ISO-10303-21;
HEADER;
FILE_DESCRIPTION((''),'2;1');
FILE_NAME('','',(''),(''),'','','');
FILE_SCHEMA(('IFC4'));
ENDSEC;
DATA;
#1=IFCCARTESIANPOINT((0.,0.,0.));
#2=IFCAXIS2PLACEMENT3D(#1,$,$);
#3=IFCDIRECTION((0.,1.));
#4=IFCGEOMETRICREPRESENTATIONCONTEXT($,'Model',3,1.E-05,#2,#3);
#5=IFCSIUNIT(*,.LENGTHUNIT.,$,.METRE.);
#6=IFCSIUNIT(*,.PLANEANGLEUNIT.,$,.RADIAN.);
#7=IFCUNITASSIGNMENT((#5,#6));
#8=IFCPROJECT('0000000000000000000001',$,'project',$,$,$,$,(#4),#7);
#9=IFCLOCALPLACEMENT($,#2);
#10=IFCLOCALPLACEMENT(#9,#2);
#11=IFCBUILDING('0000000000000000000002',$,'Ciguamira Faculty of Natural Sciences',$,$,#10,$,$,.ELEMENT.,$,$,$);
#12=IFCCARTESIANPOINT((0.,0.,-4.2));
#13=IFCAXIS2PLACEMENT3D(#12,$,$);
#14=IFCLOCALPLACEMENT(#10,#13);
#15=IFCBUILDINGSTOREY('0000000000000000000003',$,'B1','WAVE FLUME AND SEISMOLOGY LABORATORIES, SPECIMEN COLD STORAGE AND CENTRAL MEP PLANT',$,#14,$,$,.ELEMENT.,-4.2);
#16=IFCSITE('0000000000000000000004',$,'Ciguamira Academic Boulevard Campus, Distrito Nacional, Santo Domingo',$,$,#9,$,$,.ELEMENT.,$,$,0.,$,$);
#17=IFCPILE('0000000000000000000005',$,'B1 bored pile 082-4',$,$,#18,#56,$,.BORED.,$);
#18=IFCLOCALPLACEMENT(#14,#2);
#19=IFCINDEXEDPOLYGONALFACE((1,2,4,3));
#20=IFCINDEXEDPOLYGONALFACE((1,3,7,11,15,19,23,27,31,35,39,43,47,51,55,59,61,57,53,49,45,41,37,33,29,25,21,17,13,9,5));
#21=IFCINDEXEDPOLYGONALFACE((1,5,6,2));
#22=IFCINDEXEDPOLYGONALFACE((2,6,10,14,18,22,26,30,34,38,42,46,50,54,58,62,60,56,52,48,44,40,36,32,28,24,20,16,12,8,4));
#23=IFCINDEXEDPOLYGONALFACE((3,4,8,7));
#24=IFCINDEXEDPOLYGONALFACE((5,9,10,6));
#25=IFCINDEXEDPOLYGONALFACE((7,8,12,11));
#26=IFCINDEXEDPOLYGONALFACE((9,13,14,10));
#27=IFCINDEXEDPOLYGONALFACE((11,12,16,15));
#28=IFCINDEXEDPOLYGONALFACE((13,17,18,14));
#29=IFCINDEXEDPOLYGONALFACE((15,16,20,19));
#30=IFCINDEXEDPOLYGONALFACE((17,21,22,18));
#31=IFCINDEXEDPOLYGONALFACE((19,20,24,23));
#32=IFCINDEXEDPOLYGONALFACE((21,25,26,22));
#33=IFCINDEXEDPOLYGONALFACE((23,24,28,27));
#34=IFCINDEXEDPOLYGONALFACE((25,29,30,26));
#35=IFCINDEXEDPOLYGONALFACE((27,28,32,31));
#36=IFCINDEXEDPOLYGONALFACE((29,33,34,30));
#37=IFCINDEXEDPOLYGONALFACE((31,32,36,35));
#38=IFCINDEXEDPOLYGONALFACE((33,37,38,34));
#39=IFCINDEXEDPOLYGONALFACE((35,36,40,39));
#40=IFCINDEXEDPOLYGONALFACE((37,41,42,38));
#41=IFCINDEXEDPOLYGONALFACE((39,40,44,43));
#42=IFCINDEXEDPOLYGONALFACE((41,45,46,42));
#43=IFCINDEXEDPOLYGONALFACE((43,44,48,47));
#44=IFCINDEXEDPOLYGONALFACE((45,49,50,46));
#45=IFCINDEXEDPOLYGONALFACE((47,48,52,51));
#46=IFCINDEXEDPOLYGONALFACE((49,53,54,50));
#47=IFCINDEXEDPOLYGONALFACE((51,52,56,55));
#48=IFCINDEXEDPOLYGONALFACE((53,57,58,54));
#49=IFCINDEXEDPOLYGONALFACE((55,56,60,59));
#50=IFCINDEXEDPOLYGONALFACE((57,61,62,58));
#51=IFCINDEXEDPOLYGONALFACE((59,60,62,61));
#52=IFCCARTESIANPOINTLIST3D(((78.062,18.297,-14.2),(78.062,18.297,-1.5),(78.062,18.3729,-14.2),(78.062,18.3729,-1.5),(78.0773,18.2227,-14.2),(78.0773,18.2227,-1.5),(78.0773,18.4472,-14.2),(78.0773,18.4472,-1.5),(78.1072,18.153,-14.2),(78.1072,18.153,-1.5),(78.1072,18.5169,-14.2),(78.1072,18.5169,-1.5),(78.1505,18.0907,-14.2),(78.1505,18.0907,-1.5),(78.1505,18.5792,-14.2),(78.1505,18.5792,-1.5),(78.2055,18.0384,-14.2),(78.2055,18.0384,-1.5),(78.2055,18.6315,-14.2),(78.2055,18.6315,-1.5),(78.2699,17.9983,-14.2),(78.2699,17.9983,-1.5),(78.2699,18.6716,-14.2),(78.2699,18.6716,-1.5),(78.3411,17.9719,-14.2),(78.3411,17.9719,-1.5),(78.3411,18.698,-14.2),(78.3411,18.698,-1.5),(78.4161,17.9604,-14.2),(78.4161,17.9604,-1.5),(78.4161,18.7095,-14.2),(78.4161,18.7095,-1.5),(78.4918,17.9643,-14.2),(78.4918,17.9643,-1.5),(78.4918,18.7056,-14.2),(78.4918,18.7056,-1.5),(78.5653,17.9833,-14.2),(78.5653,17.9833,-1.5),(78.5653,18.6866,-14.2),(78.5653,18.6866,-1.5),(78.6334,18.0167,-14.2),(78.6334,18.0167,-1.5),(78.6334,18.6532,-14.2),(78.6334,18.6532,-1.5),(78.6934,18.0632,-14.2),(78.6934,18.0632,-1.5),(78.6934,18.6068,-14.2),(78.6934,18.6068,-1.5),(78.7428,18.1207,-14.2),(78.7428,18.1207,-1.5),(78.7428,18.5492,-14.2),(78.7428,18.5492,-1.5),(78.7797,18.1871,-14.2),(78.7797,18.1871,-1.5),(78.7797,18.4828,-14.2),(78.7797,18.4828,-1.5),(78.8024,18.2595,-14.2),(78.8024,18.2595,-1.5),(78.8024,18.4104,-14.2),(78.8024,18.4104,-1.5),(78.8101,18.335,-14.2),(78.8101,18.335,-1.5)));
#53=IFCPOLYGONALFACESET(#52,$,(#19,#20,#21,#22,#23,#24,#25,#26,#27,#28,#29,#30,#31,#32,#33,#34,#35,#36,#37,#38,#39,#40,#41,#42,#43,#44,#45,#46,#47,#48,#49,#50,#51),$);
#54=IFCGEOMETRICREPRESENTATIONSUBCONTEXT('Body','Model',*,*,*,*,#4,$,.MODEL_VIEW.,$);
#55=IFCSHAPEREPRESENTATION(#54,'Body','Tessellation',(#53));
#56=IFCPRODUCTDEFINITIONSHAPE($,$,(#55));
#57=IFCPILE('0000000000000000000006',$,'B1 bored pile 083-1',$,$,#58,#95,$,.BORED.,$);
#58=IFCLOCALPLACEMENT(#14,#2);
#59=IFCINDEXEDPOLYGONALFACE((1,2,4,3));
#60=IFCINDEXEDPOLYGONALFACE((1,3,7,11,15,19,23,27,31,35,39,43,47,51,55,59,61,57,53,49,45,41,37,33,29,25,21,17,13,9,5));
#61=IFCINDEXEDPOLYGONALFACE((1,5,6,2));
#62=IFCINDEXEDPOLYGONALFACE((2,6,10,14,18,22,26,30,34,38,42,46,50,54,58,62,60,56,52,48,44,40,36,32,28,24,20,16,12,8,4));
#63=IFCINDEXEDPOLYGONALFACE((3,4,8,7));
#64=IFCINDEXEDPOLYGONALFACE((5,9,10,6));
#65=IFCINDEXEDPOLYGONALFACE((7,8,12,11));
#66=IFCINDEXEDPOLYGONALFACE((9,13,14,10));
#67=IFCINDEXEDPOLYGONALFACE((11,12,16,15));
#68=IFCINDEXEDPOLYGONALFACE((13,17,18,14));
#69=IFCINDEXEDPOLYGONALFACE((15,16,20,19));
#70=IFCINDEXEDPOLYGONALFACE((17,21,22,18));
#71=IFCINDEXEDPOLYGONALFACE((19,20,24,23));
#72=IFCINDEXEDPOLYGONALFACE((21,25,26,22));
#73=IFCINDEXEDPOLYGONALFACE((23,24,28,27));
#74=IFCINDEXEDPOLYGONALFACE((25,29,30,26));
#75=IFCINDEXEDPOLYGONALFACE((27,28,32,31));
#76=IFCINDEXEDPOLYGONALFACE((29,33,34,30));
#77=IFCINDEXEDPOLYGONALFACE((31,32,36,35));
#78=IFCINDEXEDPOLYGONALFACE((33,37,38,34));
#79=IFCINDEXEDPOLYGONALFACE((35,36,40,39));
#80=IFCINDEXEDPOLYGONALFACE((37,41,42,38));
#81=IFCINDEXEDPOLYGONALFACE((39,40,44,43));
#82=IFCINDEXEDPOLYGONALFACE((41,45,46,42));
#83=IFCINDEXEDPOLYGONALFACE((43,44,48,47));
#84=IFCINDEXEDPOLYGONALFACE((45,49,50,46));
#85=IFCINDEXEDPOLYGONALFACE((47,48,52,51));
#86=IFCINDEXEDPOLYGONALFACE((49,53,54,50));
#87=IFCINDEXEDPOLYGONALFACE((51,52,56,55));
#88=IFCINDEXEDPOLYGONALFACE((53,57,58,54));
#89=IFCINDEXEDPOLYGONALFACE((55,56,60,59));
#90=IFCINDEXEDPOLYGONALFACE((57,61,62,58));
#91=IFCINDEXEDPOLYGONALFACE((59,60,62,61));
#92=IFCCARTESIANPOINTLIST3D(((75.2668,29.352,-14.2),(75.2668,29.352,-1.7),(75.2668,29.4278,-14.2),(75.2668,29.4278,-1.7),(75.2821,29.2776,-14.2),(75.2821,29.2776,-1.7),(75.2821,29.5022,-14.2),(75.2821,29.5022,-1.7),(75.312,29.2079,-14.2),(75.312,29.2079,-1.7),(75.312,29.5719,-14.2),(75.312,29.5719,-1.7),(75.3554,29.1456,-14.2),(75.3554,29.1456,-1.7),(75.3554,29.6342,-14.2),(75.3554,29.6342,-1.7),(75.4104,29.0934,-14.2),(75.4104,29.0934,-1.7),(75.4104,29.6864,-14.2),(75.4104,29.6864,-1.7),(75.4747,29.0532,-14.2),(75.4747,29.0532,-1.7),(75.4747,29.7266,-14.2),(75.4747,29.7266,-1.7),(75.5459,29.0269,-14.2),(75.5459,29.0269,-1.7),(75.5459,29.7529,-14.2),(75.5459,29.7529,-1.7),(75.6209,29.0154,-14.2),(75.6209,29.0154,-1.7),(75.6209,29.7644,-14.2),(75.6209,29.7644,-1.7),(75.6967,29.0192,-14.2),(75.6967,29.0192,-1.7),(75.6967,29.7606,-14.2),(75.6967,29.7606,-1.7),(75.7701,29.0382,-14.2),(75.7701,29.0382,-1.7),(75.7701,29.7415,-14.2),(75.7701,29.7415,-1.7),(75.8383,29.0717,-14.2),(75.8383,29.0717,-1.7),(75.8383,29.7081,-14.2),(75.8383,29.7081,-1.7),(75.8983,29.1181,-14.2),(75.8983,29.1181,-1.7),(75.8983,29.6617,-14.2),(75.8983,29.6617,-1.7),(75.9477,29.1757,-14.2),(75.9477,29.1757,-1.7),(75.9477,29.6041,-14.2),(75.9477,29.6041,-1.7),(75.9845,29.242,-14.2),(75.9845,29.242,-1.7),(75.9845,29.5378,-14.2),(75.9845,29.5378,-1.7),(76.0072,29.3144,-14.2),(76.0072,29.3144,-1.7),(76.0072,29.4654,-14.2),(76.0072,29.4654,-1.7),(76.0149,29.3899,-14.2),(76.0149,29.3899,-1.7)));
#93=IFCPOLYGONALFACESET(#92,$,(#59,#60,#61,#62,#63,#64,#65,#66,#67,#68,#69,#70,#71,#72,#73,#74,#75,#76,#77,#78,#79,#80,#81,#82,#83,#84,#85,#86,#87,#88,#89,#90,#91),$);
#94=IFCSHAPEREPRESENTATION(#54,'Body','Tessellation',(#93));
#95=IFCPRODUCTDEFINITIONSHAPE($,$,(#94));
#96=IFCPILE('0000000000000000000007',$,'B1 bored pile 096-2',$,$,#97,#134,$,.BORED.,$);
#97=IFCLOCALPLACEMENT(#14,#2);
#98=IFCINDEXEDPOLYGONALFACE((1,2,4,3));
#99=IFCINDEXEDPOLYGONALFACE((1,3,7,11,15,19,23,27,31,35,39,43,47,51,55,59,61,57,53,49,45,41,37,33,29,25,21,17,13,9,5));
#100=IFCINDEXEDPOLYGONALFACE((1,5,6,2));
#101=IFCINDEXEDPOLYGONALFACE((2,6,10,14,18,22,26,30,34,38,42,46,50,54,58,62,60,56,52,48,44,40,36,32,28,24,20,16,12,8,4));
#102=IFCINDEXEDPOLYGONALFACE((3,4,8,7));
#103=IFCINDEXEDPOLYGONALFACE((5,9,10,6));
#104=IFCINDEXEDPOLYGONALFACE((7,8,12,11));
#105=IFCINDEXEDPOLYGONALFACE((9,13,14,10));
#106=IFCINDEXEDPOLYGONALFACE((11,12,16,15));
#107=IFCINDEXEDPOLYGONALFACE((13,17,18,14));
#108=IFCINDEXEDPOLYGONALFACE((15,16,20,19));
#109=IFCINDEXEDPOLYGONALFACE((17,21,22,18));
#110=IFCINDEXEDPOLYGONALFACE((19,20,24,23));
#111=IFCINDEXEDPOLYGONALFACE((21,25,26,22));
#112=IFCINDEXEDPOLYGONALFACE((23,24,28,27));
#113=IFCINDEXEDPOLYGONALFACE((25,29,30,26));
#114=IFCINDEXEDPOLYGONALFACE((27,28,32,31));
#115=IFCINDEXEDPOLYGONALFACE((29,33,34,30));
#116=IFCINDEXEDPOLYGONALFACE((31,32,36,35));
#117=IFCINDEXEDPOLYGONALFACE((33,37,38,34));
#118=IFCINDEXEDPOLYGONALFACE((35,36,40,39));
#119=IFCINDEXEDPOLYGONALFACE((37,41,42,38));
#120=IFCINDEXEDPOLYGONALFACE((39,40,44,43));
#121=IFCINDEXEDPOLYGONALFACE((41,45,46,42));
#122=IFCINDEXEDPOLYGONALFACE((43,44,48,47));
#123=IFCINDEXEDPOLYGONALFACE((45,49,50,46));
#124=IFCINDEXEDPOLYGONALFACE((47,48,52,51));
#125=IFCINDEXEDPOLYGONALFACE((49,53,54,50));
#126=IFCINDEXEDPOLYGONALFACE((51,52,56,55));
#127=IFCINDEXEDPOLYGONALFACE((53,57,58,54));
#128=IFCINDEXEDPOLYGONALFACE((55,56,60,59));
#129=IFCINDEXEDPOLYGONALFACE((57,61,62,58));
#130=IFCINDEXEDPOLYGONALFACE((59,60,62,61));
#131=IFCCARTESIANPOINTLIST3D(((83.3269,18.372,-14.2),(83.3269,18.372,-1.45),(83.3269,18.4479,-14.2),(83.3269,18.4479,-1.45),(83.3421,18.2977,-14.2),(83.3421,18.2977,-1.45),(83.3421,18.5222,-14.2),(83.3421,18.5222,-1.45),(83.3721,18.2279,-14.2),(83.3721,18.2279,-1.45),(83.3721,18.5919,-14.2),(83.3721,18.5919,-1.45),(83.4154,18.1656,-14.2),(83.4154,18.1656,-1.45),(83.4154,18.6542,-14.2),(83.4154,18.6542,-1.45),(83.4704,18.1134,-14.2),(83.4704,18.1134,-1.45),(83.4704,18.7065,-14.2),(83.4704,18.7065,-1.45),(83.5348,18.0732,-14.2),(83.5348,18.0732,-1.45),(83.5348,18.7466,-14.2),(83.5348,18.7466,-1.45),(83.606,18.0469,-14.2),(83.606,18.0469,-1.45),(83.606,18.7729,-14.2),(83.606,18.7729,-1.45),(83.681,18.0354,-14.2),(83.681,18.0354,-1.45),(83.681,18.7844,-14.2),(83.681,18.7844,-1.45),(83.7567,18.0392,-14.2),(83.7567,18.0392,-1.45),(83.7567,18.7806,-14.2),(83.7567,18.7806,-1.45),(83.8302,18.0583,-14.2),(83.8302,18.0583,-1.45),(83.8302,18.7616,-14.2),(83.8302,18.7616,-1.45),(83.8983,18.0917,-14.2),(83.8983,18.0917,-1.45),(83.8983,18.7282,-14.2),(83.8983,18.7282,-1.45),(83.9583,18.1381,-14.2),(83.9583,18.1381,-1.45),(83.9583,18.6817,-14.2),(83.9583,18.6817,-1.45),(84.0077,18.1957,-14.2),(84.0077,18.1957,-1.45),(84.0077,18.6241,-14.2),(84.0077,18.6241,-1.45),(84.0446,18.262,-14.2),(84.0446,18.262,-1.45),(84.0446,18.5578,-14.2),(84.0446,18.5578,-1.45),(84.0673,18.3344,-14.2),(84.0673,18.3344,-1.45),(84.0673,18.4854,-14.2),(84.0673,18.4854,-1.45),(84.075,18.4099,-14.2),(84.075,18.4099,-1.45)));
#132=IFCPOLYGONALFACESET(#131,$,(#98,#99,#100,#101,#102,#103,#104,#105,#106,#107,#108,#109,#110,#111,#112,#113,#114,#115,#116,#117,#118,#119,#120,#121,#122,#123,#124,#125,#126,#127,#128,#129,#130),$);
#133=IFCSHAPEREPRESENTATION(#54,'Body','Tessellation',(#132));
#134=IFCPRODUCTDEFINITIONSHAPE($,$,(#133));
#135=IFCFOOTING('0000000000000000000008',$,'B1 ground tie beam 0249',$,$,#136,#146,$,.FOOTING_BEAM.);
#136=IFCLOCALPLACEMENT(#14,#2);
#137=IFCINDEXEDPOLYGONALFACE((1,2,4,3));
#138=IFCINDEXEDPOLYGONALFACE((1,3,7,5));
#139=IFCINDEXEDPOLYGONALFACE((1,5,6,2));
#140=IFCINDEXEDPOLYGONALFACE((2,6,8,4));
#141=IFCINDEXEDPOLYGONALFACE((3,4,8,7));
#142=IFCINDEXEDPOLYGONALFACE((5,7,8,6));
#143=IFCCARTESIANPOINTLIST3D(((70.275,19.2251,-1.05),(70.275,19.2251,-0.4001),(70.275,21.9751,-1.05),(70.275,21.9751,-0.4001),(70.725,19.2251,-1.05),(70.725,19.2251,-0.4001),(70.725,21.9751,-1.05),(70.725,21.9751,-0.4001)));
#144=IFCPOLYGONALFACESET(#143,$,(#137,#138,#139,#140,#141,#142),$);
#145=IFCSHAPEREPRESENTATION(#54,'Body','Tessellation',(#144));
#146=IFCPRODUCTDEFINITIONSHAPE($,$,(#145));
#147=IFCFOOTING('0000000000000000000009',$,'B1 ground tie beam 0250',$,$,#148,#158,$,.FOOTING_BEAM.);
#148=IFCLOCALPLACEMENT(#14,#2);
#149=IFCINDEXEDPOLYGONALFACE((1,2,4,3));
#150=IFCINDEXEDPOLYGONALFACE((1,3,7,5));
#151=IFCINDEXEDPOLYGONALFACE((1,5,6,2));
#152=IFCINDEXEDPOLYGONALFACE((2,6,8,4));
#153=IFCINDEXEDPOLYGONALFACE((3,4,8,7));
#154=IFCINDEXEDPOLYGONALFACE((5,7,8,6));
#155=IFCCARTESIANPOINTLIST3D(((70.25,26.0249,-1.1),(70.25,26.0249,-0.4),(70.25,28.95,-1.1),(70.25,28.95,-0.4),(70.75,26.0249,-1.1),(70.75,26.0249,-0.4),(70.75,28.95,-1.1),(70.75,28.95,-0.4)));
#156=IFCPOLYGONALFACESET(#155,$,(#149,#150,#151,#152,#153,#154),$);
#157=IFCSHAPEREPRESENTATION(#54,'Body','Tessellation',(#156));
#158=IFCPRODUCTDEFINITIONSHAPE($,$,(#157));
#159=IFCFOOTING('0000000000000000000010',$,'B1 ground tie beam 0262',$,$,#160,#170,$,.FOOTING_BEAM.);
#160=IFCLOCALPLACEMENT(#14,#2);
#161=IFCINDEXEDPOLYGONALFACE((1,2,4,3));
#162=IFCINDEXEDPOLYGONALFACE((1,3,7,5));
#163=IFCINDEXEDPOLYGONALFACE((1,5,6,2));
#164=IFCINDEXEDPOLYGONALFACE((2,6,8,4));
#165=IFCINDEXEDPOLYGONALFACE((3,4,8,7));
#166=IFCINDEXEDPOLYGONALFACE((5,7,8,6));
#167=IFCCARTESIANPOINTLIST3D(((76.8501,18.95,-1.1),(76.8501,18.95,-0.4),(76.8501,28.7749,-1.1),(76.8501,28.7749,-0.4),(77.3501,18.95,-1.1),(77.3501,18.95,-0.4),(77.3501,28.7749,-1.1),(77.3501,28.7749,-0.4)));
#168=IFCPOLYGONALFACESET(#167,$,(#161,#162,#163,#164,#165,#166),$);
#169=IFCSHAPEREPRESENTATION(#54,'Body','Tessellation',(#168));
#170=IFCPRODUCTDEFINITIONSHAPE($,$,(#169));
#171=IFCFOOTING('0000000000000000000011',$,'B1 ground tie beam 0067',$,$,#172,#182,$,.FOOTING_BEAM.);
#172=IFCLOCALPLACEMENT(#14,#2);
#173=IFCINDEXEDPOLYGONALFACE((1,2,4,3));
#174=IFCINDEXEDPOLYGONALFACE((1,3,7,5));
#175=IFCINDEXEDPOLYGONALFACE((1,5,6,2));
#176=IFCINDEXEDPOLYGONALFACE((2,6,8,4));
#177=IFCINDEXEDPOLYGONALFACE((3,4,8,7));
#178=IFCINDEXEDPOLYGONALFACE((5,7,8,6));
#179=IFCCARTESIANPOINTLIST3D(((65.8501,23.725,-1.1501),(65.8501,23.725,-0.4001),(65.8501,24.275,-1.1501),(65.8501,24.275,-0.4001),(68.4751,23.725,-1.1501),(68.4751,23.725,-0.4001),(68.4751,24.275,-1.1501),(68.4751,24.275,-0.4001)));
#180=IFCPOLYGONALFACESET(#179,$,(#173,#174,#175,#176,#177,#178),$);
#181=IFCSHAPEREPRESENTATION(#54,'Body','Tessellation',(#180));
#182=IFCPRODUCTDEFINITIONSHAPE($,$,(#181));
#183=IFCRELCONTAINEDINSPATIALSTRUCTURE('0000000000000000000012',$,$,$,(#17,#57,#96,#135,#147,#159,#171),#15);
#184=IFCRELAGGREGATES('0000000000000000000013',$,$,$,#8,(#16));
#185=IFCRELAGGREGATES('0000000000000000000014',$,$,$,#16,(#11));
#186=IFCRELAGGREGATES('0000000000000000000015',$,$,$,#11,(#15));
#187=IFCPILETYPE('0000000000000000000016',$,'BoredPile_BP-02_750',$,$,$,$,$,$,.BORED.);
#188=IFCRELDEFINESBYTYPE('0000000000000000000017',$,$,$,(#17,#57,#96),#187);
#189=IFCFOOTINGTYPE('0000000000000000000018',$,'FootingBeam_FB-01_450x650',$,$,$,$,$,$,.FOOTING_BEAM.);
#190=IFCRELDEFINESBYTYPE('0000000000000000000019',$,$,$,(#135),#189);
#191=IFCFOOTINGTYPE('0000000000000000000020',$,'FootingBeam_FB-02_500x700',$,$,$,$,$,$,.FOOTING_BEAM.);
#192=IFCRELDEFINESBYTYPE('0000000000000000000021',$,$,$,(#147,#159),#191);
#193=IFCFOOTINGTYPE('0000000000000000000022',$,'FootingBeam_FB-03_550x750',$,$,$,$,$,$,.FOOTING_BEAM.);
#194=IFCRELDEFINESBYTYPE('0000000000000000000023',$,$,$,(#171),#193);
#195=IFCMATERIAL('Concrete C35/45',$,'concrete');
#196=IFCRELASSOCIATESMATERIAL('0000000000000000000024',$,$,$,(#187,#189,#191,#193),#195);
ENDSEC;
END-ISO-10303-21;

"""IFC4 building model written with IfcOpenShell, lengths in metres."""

from ifc_helpers import new_model, si_unit, direction, frame, origin, origin_2d, place, context, subcontext, project, spatial, rectangle, circle, extrude, material, material_profile, profile_set, type_object, element, save


model = new_model("IFC4")

# Units and contexts
model_context = context("Model", 3, precision=1e-05, world=origin(), true_north=direction((0.0, 1.0)))
body_context = subcontext(model_context, "Body", "Model", "MODEL_VIEW")
ifc_project = project(units=[si_unit("LENGTHUNIT", "METRE"), si_unit("PLANEANGLEUNIT", "RADIAN")], contexts=[model_context])

# Site, building, storey
site_placement = place(None, origin())
site = spatial("IfcSite", under=ifc_project, at=site_placement, Name="Ciguamira Academic Boulevard Campus, Distrito Nacional, Santo Domingo", CompositionType="ELEMENT", RefElevation=0.0)
building_placement = place(site_placement, origin())
building = spatial("IfcBuilding", under=site, at=building_placement, Name="Ciguamira Faculty of Natural Sciences", CompositionType="ELEMENT")
storey_placement = place(building_placement, frame((0.0, 0.0, -4.2)))
storey = spatial("IfcBuildingStorey", under=building, at=storey_placement, Name="B1", Description="WAVE FLUME AND SEISMOLOGY LABORATORIES, SPECIMEN COLD STORAGE AND CENTRAL MEP PLANT", CompositionType="ELEMENT", Elevation=-4.2)

# Piles
ifc_material_1 = material(Name="Concrete C35/45", Category="concrete")
ifc_material_profile_1 = material_profile(ifc_material_1, circle(Radius=0.375, at=origin_2d()), Name="PILE-BORED-750")
ifc_profile_set_1 = profile_set([ifc_material_profile_1], Name="Concrete C35/45")
pile_type = type_object("IfcPileType", Name="BoredPile_BP-02_750", PredefinedType="BORED", material=ifc_profile_set_1)
for number, where, z_axis, x_axis, name in (
    (1, (78.4351, 18.335, -1.5), (0.0, 0.0, -1.0), (1.0, 0.0, 0.0), "B1 bored pile 082-4"),
):
    element("IfcPile", number, at=place(storey_placement, frame(where, z_axis=z_axis, x_axis=x_axis)), inside=storey, type_object=pile_type, Name=name, PredefinedType="BORED", context=body_context, shape_type="SweptSolid", body=[
        extrude(circle(Radius=0.375, at=origin_2d()), origin(), (0.0, 0.0, 1.0), 12.7),
    ])
pile_1_placement = place(storey_placement, frame((75.6399, 29.3899, -1.7), z_axis=(0.0, 0.0, -1.0), x_axis=(1.0, 0.0, 0.0)))
element("IfcPile", 2, at=pile_1_placement, inside=storey, type_object=pile_type, Name="B1 bored pile 083-1", PredefinedType="BORED", context=body_context, shape_type="SweptSolid", body=[
    extrude(circle(Radius=0.375, at=origin_2d()), origin(), (0.0, 0.0, 1.0), 12.5),
])
pile_2_placement = place(storey_placement, frame((83.7, 18.4099, -1.45), z_axis=(0.0, 0.0, -1.0), x_axis=(1.0, 0.0, 0.0)))
element("IfcPile", 3, at=pile_2_placement, inside=storey, type_object=pile_type, Name="B1 bored pile 096-2", PredefinedType="BORED", context=body_context, shape_type="SweptSolid", body=[
    extrude(circle(Radius=0.375, at=origin_2d()), origin(), (0.0, 0.0, 1.0), 12.75),
])

# Footings
ifc_material_profile_2 = material_profile(ifc_material_1, rectangle(XDim=0.45, YDim=0.6499, at=origin_2d()), Name="RC-FB-450X650")
ifc_profile_set_2 = profile_set([ifc_material_profile_2], Name="Concrete C35/45")
footing_type_1 = type_object("IfcFootingType", Name="FootingBeam_FB-01_450x650", PredefinedType="FOOTING_BEAM", material=ifc_profile_set_2)
footing_1_placement = place(storey_placement, frame((70.5, 19.2251, -0.7251), z_axis=(0.0, 1.0, 0.0), x_axis=(-1.0, 0.0, 0.0)))
element("IfcFooting", 4, at=footing_1_placement, inside=storey, type_object=footing_type_1, Name="B1 ground tie beam 0249", PredefinedType="FOOTING_BEAM", context=body_context, shape_type="SweptSolid", body=[
    extrude(rectangle(XDim=0.45, YDim=0.6499, at=origin_2d()), origin(), (0.0, 0.0, 1.0), 2.75),
])
ifc_material_profile_3 = material_profile(ifc_material_1, rectangle(XDim=0.5, YDim=0.7, at=origin_2d()), Name="RC-FB-500X700")
ifc_profile_set_3 = profile_set([ifc_material_profile_3], Name="Concrete C35/45")
footing_type_2 = type_object("IfcFootingType", Name="FootingBeam_FB-02_500x700", PredefinedType="FOOTING_BEAM", material=ifc_profile_set_3)
footing_2_placement = place(storey_placement, frame((70.5, 26.0249, -0.75), z_axis=(0.0, 1.0, 0.0), x_axis=(-1.0, 0.0, 0.0)))
element("IfcFooting", 5, at=footing_2_placement, inside=storey, type_object=footing_type_2, Name="B1 ground tie beam 0250", PredefinedType="FOOTING_BEAM", context=body_context, shape_type="SweptSolid", body=[
    extrude(rectangle(XDim=0.5, YDim=0.7, at=origin_2d()), origin(), (0.0, 0.0, 1.0), 2.925),
])
footing_3_placement = place(storey_placement, frame((77.1001, 18.95, -0.75), z_axis=(0.0, 1.0, 0.0), x_axis=(-1.0, 0.0, 0.0)))
element("IfcFooting", 6, at=footing_3_placement, inside=storey, type_object=footing_type_2, Name="B1 ground tie beam 0262", PredefinedType="FOOTING_BEAM", context=body_context, shape_type="SweptSolid", body=[
    extrude(rectangle(XDim=0.5, YDim=0.7, at=origin_2d()), origin(), (0.0, 0.0, 1.0), 9.825),
])
ifc_material_profile_4 = material_profile(ifc_material_1, rectangle(XDim=0.55, YDim=0.75, at=origin_2d()), Name="RC-FB-550X750")
ifc_profile_set_4 = profile_set([ifc_material_profile_4], Name="Concrete C35/45")
footing_type_3 = type_object("IfcFootingType", Name="FootingBeam_FB-03_550x750", PredefinedType="FOOTING_BEAM", material=ifc_profile_set_4)
footing_4_placement = place(storey_placement, frame((65.8501, 24.0, -0.7751), z_axis=(1.0, 0.0, 0.0), x_axis=(0.0, 1.0, 0.0)))
element("IfcFooting", 7, at=footing_4_placement, inside=storey, type_object=footing_type_3, Name="B1 ground tie beam 0067", PredefinedType="FOOTING_BEAM", context=body_context, shape_type="SweptSolid", body=[
    extrude(rectangle(XDim=0.55, YDim=0.75, at=origin_2d()), origin(), (0.0, 0.0, 1.0), 2.625),
])

save(model, "model.ifc")
